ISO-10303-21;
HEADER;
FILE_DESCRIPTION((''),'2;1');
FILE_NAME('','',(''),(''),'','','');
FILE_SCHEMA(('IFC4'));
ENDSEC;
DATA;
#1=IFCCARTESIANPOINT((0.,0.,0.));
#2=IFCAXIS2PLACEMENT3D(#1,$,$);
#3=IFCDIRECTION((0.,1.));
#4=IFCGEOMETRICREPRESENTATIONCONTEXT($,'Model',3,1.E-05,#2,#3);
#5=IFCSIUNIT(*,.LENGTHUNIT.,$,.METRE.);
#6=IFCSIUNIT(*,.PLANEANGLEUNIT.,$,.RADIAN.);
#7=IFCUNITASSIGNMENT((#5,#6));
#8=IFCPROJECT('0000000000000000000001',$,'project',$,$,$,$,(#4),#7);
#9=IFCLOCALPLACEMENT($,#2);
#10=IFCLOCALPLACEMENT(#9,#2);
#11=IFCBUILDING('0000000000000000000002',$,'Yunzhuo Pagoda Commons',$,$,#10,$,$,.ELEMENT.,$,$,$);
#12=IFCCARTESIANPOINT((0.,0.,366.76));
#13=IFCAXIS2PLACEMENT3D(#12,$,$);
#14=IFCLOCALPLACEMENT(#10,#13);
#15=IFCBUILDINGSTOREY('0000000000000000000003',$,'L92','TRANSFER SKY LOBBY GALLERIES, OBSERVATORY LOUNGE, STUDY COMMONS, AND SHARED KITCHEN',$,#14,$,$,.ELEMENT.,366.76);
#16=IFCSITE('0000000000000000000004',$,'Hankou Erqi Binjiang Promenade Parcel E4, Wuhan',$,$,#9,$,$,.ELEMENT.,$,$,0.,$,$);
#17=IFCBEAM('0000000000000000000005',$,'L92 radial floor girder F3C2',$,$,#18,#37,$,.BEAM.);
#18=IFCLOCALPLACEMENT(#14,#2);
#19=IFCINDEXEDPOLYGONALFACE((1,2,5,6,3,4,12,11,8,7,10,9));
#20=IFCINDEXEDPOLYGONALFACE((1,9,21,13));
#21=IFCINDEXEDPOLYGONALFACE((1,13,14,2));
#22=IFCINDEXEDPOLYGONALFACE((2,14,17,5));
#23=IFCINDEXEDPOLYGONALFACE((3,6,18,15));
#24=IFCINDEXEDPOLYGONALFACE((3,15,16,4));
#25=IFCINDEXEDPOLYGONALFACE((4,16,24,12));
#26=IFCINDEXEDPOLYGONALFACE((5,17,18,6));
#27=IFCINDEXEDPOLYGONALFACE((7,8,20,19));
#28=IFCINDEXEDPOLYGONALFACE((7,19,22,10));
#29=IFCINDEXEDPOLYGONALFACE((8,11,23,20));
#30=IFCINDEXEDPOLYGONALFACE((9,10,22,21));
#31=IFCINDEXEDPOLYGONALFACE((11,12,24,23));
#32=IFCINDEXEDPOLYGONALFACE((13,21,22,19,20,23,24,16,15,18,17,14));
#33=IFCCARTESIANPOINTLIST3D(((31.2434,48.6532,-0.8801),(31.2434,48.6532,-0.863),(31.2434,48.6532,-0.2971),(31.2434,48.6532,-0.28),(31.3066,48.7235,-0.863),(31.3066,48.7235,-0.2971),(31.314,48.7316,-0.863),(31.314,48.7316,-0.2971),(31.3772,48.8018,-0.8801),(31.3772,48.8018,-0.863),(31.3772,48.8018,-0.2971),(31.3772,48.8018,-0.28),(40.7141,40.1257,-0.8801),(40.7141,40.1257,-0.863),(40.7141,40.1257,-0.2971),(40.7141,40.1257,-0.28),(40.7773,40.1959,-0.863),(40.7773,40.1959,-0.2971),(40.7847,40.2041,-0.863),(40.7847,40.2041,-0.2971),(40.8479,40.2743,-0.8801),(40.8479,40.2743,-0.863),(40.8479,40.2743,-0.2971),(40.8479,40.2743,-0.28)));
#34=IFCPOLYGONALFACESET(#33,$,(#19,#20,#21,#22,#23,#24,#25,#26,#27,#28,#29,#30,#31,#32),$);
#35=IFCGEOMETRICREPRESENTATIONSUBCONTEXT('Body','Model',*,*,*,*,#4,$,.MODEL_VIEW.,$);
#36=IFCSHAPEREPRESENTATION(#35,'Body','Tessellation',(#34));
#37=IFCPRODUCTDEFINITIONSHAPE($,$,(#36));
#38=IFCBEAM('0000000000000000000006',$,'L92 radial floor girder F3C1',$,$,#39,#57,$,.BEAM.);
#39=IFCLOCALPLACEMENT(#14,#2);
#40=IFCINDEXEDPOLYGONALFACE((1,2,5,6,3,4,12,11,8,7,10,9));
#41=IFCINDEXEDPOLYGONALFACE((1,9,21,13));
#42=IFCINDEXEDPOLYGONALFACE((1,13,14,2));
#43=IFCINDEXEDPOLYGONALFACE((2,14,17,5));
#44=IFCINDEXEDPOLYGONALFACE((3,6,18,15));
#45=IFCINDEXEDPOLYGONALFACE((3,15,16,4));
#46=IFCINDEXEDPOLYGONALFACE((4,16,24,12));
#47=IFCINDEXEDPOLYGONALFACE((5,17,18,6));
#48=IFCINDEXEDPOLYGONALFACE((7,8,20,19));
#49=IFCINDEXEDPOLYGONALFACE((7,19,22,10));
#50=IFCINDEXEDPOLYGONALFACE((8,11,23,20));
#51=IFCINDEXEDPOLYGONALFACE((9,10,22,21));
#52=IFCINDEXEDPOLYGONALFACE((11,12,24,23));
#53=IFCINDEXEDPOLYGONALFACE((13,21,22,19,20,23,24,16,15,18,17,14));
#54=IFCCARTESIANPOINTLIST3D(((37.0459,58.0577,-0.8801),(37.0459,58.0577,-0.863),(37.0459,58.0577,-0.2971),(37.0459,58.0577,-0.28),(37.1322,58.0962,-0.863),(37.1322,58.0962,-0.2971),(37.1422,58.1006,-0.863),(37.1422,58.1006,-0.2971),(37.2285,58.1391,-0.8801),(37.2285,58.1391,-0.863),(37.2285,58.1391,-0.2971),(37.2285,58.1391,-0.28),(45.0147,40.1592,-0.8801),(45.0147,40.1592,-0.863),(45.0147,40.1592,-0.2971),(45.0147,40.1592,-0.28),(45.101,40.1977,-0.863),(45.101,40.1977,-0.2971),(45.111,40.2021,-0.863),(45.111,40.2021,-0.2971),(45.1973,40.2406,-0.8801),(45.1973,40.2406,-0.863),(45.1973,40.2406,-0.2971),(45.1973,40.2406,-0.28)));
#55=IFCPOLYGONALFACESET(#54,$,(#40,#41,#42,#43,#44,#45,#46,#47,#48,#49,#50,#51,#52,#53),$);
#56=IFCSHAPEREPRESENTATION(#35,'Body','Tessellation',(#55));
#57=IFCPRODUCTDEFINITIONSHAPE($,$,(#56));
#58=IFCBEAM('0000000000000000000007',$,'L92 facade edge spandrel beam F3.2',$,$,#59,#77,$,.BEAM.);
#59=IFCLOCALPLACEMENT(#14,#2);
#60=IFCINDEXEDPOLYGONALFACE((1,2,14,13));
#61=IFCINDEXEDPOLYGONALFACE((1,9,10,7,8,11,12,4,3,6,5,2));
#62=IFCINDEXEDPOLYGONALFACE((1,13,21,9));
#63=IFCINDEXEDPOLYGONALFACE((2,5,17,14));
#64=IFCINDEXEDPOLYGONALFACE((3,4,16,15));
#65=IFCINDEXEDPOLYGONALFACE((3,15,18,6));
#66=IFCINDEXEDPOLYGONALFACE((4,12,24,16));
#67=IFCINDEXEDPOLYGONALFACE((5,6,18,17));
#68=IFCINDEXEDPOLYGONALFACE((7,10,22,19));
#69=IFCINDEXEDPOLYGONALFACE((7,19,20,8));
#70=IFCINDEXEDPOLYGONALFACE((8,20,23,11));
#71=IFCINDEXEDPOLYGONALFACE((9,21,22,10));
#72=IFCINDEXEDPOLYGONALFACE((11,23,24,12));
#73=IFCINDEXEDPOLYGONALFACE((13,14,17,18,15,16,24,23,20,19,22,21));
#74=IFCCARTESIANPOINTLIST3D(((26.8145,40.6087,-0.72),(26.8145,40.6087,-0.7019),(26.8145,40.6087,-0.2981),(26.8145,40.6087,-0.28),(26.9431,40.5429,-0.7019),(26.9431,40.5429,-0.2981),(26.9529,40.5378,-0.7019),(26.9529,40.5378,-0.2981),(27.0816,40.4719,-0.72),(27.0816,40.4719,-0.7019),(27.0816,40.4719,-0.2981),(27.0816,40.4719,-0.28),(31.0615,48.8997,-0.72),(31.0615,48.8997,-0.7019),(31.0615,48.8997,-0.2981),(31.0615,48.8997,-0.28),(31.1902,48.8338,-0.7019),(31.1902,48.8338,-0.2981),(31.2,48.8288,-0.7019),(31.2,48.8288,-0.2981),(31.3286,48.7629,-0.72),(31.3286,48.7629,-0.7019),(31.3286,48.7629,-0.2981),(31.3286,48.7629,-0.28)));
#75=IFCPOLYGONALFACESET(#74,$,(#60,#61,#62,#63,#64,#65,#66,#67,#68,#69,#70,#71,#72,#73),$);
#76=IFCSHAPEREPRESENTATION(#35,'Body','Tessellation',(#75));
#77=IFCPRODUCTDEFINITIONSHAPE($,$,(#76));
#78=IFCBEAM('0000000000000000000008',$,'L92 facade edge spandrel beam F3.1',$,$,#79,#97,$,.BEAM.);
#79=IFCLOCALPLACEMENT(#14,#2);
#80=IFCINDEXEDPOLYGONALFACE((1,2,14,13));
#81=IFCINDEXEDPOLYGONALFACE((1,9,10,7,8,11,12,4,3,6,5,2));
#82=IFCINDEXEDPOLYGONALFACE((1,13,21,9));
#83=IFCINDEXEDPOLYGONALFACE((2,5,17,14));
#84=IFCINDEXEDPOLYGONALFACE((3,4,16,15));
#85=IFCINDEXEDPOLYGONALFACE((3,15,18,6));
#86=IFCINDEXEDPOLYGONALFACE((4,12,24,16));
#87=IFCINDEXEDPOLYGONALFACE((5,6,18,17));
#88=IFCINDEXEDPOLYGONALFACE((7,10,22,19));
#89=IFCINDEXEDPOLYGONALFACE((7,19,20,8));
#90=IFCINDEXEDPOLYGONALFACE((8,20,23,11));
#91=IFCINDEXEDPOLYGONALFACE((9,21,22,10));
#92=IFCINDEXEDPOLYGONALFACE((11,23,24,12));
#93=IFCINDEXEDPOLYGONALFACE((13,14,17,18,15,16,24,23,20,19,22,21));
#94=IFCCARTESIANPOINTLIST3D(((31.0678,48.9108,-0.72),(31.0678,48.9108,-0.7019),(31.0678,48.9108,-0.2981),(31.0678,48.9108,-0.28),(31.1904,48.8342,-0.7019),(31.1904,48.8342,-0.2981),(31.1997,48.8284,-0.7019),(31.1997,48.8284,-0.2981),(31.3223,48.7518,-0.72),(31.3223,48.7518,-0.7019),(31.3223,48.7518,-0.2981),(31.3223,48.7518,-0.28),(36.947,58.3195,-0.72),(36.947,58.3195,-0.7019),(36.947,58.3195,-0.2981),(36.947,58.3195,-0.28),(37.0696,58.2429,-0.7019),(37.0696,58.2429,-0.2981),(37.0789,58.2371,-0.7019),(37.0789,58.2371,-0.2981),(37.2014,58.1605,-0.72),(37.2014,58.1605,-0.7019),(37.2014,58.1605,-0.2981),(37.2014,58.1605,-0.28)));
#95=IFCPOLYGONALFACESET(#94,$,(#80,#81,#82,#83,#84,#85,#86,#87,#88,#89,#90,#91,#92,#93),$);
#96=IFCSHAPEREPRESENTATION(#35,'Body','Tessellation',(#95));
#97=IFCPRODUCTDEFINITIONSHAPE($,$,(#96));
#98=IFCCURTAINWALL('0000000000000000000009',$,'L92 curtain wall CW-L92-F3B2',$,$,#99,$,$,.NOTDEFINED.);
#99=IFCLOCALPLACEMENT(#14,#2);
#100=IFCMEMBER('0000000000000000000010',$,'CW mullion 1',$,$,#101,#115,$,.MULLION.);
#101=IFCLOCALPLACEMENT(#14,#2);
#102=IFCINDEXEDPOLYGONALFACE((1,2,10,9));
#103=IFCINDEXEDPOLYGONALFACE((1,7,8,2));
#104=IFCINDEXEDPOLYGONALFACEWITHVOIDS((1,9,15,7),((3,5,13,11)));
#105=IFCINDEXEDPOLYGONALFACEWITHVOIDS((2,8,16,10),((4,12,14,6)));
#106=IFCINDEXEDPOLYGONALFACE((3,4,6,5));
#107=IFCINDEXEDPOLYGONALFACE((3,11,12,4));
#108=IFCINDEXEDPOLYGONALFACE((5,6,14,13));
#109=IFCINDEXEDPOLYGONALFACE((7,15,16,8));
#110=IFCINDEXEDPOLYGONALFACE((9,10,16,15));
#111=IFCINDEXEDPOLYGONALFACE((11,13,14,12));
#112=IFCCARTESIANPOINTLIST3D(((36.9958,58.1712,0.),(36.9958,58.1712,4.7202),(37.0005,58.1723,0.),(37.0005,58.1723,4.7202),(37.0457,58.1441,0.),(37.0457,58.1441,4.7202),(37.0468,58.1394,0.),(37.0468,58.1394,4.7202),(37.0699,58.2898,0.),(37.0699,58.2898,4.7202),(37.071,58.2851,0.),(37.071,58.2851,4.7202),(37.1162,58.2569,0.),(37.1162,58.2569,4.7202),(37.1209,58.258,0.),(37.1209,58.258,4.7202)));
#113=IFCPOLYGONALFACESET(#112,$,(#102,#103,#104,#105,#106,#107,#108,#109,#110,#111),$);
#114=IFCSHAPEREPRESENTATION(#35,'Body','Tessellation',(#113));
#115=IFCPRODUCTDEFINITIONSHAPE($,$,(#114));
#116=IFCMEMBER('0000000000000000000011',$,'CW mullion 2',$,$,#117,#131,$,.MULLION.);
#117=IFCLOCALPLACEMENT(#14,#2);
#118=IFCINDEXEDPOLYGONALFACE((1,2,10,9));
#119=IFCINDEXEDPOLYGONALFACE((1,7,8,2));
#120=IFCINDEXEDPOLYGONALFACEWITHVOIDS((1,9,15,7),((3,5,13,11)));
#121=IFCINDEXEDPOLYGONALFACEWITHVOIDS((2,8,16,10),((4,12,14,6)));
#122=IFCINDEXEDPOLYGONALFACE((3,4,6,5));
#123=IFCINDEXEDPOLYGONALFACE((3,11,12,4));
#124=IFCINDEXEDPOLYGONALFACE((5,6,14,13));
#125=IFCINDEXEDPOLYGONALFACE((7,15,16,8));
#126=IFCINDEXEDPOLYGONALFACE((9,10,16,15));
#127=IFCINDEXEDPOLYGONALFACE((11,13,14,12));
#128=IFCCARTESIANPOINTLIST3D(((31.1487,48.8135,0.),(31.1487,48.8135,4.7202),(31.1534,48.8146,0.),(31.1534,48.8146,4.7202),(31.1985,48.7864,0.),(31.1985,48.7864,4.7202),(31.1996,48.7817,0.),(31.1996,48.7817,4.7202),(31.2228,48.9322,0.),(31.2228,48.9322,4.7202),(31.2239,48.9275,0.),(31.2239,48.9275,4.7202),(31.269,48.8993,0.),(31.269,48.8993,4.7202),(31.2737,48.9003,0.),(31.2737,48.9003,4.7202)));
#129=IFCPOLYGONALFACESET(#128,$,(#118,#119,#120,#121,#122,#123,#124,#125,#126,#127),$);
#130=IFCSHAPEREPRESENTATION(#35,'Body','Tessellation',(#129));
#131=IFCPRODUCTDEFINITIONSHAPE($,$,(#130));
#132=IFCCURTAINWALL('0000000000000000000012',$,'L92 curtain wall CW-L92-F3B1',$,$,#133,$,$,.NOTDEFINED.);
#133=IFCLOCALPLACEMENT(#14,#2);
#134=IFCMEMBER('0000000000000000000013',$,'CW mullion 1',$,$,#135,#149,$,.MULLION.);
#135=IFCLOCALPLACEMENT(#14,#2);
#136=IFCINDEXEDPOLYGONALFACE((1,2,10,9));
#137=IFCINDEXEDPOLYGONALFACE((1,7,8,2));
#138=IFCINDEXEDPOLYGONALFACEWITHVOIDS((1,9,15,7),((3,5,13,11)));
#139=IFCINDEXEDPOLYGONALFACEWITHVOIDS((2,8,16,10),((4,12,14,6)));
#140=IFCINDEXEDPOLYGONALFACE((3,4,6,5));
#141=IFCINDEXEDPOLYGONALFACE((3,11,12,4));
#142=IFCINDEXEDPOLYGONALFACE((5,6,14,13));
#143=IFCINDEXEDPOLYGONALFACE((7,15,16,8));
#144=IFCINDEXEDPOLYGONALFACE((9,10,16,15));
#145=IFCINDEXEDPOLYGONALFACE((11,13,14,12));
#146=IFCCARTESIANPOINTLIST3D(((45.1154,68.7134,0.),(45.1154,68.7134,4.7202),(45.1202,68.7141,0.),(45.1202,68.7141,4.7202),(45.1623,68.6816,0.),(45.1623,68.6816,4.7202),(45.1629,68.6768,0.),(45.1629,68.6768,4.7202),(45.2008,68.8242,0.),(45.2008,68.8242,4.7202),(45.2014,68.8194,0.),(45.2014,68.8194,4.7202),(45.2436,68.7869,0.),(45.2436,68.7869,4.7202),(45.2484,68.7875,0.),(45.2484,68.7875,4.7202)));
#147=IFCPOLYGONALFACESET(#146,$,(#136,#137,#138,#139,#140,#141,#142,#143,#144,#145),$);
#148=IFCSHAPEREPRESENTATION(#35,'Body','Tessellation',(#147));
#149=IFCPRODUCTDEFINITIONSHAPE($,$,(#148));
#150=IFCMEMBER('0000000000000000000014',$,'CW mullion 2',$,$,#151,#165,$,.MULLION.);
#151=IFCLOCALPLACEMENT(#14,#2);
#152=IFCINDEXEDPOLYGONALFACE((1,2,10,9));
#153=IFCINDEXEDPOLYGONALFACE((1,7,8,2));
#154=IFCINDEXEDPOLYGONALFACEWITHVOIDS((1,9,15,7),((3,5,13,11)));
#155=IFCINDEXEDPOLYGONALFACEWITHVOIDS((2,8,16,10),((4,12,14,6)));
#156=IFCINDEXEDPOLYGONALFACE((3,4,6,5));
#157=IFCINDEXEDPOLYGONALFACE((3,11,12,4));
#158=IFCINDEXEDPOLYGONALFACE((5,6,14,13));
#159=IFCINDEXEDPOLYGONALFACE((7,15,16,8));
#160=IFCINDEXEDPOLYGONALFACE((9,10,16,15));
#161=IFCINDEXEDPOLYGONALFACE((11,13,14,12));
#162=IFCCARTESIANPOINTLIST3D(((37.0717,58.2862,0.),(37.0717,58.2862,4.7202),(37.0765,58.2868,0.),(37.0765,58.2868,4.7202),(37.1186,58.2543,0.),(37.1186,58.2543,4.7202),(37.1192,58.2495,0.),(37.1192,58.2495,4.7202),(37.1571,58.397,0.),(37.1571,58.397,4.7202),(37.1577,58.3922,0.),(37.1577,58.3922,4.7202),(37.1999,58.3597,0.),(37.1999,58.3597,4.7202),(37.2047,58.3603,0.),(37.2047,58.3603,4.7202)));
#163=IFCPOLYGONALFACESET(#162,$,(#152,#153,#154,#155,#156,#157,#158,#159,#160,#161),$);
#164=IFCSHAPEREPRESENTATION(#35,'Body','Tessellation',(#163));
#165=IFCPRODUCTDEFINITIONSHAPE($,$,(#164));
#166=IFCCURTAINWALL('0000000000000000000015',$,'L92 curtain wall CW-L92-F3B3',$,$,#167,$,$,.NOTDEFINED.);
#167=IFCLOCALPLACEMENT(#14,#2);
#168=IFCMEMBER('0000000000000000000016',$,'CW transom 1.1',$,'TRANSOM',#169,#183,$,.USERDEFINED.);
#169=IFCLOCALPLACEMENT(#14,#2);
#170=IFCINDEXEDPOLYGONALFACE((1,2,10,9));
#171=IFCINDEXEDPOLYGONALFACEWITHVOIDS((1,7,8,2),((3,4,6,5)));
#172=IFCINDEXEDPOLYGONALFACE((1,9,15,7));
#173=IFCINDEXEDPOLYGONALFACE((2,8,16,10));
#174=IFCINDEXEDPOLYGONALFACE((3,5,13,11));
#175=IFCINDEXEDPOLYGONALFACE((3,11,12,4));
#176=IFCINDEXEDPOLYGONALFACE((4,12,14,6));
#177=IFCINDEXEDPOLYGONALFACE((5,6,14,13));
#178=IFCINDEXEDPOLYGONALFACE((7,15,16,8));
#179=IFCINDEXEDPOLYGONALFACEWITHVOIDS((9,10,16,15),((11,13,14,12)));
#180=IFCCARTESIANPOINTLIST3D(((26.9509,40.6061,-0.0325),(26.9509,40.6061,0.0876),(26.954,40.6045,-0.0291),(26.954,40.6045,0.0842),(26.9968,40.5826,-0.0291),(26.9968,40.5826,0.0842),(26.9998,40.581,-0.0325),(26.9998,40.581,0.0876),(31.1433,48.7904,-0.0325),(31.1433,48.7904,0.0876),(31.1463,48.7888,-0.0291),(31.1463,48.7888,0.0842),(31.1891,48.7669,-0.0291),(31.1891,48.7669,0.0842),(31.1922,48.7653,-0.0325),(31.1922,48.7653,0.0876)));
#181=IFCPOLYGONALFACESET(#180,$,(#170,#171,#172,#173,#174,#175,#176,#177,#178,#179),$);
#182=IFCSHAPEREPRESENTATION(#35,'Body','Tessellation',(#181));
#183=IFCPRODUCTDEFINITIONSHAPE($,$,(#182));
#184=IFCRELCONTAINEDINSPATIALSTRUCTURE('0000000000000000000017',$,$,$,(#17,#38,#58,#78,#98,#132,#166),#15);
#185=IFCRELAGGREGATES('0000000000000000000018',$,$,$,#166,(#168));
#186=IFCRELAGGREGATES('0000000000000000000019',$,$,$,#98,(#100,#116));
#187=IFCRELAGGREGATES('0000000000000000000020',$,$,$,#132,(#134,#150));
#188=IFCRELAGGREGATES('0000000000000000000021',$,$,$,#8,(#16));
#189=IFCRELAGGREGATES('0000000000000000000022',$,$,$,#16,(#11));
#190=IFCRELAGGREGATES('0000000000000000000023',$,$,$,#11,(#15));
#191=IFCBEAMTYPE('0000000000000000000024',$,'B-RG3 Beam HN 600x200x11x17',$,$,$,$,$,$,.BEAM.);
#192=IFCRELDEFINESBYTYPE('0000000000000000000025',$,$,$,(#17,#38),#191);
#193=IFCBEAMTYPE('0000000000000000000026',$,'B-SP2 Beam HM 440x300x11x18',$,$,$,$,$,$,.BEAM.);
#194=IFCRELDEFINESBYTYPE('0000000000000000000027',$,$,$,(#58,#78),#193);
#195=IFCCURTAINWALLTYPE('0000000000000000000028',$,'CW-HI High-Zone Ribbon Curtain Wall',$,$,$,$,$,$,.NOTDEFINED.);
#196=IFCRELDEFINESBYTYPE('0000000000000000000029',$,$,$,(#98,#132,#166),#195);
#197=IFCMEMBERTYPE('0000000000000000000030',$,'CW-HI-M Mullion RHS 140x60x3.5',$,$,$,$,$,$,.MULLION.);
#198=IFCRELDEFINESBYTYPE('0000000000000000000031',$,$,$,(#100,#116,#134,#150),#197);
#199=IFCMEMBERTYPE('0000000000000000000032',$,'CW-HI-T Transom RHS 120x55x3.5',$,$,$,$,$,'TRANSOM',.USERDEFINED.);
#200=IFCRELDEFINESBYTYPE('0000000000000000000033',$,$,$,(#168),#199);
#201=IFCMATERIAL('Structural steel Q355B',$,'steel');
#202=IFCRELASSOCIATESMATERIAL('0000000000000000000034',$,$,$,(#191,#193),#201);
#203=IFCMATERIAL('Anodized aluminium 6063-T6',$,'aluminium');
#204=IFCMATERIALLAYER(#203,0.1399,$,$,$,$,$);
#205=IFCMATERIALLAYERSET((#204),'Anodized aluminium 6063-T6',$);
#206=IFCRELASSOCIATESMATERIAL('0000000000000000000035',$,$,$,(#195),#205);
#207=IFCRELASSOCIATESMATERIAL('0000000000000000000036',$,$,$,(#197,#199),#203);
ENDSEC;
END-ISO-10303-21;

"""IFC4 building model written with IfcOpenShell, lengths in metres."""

from ifc_helpers import new_model, si_unit, direction, frame, origin, origin_2d, place, context, subcontext, project, spatial, hollow_rectangle, i_section, extrude, source, transform, mapped, material, layer, layer_set, material_profile, profile_set, type_object, element, aggregate, save


model = new_model("IFC4")

# Units and contexts
model_context = context("Model", 3, precision=1e-05, world=origin(), true_north=direction((0.0, 1.0)))
body_context = subcontext(model_context, "Body", "Model", "MODEL_VIEW")
ifc_project = project(units=[si_unit("LENGTHUNIT", "METRE"), si_unit("PLANEANGLEUNIT", "RADIAN")], contexts=[model_context])

# Site, building, storey
site_placement = place(None, origin())
site = spatial("IfcSite", under=ifc_project, at=site_placement, Name="Hankou Erqi Binjiang Promenade Parcel E4, Wuhan", CompositionType="ELEMENT", RefElevation=0.0)
building_placement = place(site_placement, origin())
building = spatial("IfcBuilding", under=site, at=building_placement, Name="Yunzhuo Pagoda Commons", CompositionType="ELEMENT")
storey_placement = place(building_placement, frame((0.0, 0.0, 366.76)))
storey = spatial("IfcBuildingStorey", under=building, at=storey_placement, Name="L92", Description="TRANSFER SKY LOBBY GALLERIES, OBSERVATORY LOUNGE, STUDY COMMONS, AND SHARED KITCHEN", CompositionType="ELEMENT", Elevation=366.76)

# Shared definitions
ifc_material_1 = material(Name="Structural steel Q355B", Category="steel")

# Beams
ifc_material_profile_1 = material_profile(ifc_material_1, i_section(OverallWidth=0.2, OverallDepth=0.6001, WebThickness=0.011, FlangeThickness=0.0171, at=origin_2d()), Name="Structural steel Q355B")
ifc_profile_set_1 = profile_set([ifc_material_profile_1], Name="Structural steel Q355B")
beam_type_1 = type_object("IfcBeamType", Name="B-RG3 Beam HN 600x200x11x17", PredefinedType="BEAM", material=ifc_profile_set_1)
shared_shape_1 = source(origin(), body_context, "Body", "SweptSolid", [
    extrude(i_section(OverallWidth=0.2, OverallDepth=0.6001, WebThickness=0.011, FlangeThickness=0.0171, at=origin_2d()), origin(), (0.0, 0.0, 1.0), 12.7441),
])
beam_1_placement = place(storey_placement, frame((31.3103, 48.7275, -0.5801), z_axis=(0.74314, -0.669136, 0.0), x_axis=(0.669136, 0.74314, 0.0)))
element("IfcBeam", 1, at=beam_1_placement, inside=storey, type_object=beam_type_1, Name="L92 radial floor girder F3C2", PredefinedType="BEAM", context=body_context, shape_type="MappedRepresentation", body=[
    mapped(shared_shape_1, transform((0.0, 0.0, 0.0), scale=1.0)),
])
shared_shape_2 = source(origin(), body_context, "Body", "SweptSolid", [
    extrude(i_section(OverallWidth=0.2, OverallDepth=0.6001, WebThickness=0.011, FlangeThickness=0.0171, at=origin_2d()), origin(), (0.0, 0.0, 1.0), 19.5923),
])
beam_2_placement = place(storey_placement, frame((37.1372, 58.0984, -0.5801), z_axis=(0.40673, -0.913548, 0.0), x_axis=(0.913548, 0.40673, 0.0)))
element("IfcBeam", 2, at=beam_2_placement, inside=storey, type_object=beam_type_1, Name="L92 radial floor girder F3C1", PredefinedType="BEAM", context=body_context, shape_type="MappedRepresentation", body=[
    mapped(shared_shape_2, transform((0.0, 0.0, 0.0), scale=1.0)),
])
ifc_material_profile_2 = material_profile(ifc_material_1, i_section(OverallWidth=0.3, OverallDepth=0.4399, WebThickness=0.011, FlangeThickness=0.0181, at=origin_2d()), Name="Structural steel Q355B")
ifc_profile_set_2 = profile_set([ifc_material_profile_2], Name="Structural steel Q355B")
beam_type_2 = type_object("IfcBeamType", Name="B-SP2 Beam HM 440x300x11x18", PredefinedType="BEAM", material=ifc_profile_set_2)
shared_shape_3 = source(origin(), body_context, "Body", "SweptSolid", [
    extrude(i_section(OverallWidth=0.3, OverallDepth=0.4399, WebThickness=0.011, FlangeThickness=0.0181, at=origin_2d()), origin(), (0.0, 0.0, 1.0), 9.3154),
])
beam_3_placement = place(storey_placement, frame((31.1951, 48.8313, -0.5), z_axis=(-0.455914, -0.890024, 0.0), x_axis=(0.890024, -0.455914, 0.0)))
element("IfcBeam", 3, at=beam_3_placement, inside=storey, type_object=beam_type_2, Name="L92 facade edge spandrel beam F3.2", PredefinedType="BEAM", context=body_context, shape_type="MappedRepresentation", body=[
    mapped(shared_shape_3, transform((0.0, 0.0, 0.0), scale=1.0)),
])
shared_shape_4 = source(origin(), body_context, "Body", "SweptSolid", [
    extrude(i_section(OverallWidth=0.3, OverallDepth=0.4399, WebThickness=0.011, FlangeThickness=0.0181, at=origin_2d()), origin(), (0.0, 0.0, 1.0), 11.0945),
])
beam_4_placement = place(storey_placement, frame((37.0742, 58.24, -0.5), z_axis=(-0.529916, -0.84805, 0.0), x_axis=(0.84805, -0.529916, 0.0)))
element("IfcBeam", 4, at=beam_4_placement, inside=storey, type_object=beam_type_2, Name="L92 facade edge spandrel beam F3.1", PredefinedType="BEAM", context=body_context, shape_type="MappedRepresentation", body=[
    mapped(shared_shape_4, transform((0.0, 0.0, 0.0), scale=1.0)),
])

# Curtain walls, members
ifc_material_2 = material(Name="Anodized aluminium 6063-T6", Category="aluminium")
ifc_layer_1 = layer(ifc_material_2, 0.1399)
ifc_layer_set_1 = layer_set([ifc_layer_1], Name="Anodized aluminium 6063-T6")
curtain_wall_type = type_object("IfcCurtainWallType", Name="CW-HI High-Zone Ribbon Curtain Wall", PredefinedType="NOTDEFINED", material=ifc_layer_set_1)
curtain_wall_1_placement = place(storey_placement, origin())
curtain_wall_1 = element("IfcCurtainWall", 5, at=curtain_wall_1_placement, inside=storey, type_object=curtain_wall_type, Name="L92 curtain wall CW-L92-F3B2", PredefinedType="NOTDEFINED")
ifc_material_profile_3 = material_profile(ifc_material_2, hollow_rectangle(XDim=0.0601, YDim=0.1399, WallThickness=0.0034, at=origin_2d()), Name="Anodized aluminium 6063-T6")
ifc_profile_set_3 = profile_set([ifc_material_profile_3], Name="Anodized aluminium 6063-T6")
member_type_1 = type_object("IfcMemberType", Name="CW-HI-M Mullion RHS 140x60x3.5", PredefinedType="MULLION", material=ifc_profile_set_3)
shared_shape_5 = source(origin(), body_context, "Body", "SweptSolid", [
    extrude(hollow_rectangle(XDim=0.0601, YDim=0.1399, WallThickness=0.0034, at=origin_2d()), origin(), (0.0, 0.0, 1.0), 4.7202),
])
member_1_placement = place(storey_placement, frame((37.0583, 58.2146, 0.0), z_axis=(0.0, 0.0, 1.0), x_axis=(0.848055, -0.529908, 0.0)))
member_1 = element("IfcMember", 6, at=member_1_placement, type_object=member_type_1, Name="CW mullion 1", PredefinedType="MULLION", context=body_context, shape_type="MappedRepresentation", body=[
    mapped(shared_shape_5, transform((0.0, 0.0, 0.0), scale=1.0)),
])
member_2_placement = place(storey_placement, frame((31.2112, 48.8569, 0.0), z_axis=(0.0, 0.0, 1.0), x_axis=(0.848055, -0.529908, 0.0)))
member_2 = element("IfcMember", 7, at=member_2_placement, type_object=member_type_1, Name="CW mullion 2", PredefinedType="MULLION", context=body_context, shape_type="MappedRepresentation", body=[
    mapped(shared_shape_5, transform((0.0, 0.0, 0.0), scale=1.0)),
])
curtain_wall_2_placement = place(storey_placement, origin())
curtain_wall_2 = element("IfcCurtainWall", 8, at=curtain_wall_2_placement, inside=storey, type_object=curtain_wall_type, Name="L92 curtain wall CW-L92-F3B1", PredefinedType="NOTDEFINED")
member_3_placement = place(storey_placement, frame((45.1819, 68.7505, 0.0), z_axis=(0.0, 0.0, 1.0), x_axis=(0.791793, -0.61079, 0.0)))
member_3 = element("IfcMember", 9, at=member_3_placement, type_object=member_type_1, Name="CW mullion 1", PredefinedType="MULLION", context=body_context, shape_type="MappedRepresentation", body=[
    mapped(shared_shape_5, transform((0.0, 0.0, 0.0), scale=1.0)),
])
member_4_placement = place(storey_placement, frame((37.1382, 58.3232, 0.0), z_axis=(0.0, 0.0, 1.0), x_axis=(0.791793, -0.61079, 0.0)))
member_4 = element("IfcMember", 10, at=member_4_placement, type_object=member_type_1, Name="CW mullion 2", PredefinedType="MULLION", context=body_context, shape_type="MappedRepresentation", body=[
    mapped(shared_shape_5, transform((0.0, 0.0, 0.0), scale=1.0)),
])
curtain_wall_3_placement = place(storey_placement, origin())
curtain_wall_3 = element("IfcCurtainWall", 11, at=curtain_wall_3_placement, inside=storey, type_object=curtain_wall_type, Name="L92 curtain wall CW-L92-F3B3", PredefinedType="NOTDEFINED")
ifc_material_profile_4 = material_profile(ifc_material_2, hollow_rectangle(XDim=0.0549, YDim=0.1201, WallThickness=0.0034, at=origin_2d()), Name="Anodized aluminium 6063-T6")
ifc_profile_set_4 = profile_set([ifc_material_profile_4], Name="Anodized aluminium 6063-T6")
member_type_2 = type_object("IfcMemberType", Name="CW-HI-T Transom RHS 120x55x3.5", ElementType="TRANSOM", PredefinedType="USERDEFINED", material=ifc_profile_set_4)
shared_shape_6 = source(origin(), body_context, "Body", "SweptSolid", [
    extrude(hollow_rectangle(XDim=0.0549, YDim=0.1201, WallThickness=0.0034, at=origin_2d()), origin(), (0.0, 0.0, 1.0), 9.1956),
])
member_5_placement = place(storey_placement, frame((31.1677, 48.7778, 0.0276), z_axis=(-0.455911, -0.890025, 0.0), x_axis=(0.890025, -0.455911, 0.0)))
member_5 = element("IfcMember", 12, at=member_5_placement, type_object=member_type_2, Name="CW transom 1.1", ObjectType="TRANSOM", PredefinedType="USERDEFINED", context=body_context, shape_type="MappedRepresentation", body=[
    mapped(shared_shape_6, transform((0.0, 0.0, 0.0), scale=1.0)),
])

aggregate(curtain_wall_3, [member_5])
aggregate(curtain_wall_1, [member_1, member_2])
aggregate(curtain_wall_2, [member_3, member_4])

save(model, "model.ifc")
